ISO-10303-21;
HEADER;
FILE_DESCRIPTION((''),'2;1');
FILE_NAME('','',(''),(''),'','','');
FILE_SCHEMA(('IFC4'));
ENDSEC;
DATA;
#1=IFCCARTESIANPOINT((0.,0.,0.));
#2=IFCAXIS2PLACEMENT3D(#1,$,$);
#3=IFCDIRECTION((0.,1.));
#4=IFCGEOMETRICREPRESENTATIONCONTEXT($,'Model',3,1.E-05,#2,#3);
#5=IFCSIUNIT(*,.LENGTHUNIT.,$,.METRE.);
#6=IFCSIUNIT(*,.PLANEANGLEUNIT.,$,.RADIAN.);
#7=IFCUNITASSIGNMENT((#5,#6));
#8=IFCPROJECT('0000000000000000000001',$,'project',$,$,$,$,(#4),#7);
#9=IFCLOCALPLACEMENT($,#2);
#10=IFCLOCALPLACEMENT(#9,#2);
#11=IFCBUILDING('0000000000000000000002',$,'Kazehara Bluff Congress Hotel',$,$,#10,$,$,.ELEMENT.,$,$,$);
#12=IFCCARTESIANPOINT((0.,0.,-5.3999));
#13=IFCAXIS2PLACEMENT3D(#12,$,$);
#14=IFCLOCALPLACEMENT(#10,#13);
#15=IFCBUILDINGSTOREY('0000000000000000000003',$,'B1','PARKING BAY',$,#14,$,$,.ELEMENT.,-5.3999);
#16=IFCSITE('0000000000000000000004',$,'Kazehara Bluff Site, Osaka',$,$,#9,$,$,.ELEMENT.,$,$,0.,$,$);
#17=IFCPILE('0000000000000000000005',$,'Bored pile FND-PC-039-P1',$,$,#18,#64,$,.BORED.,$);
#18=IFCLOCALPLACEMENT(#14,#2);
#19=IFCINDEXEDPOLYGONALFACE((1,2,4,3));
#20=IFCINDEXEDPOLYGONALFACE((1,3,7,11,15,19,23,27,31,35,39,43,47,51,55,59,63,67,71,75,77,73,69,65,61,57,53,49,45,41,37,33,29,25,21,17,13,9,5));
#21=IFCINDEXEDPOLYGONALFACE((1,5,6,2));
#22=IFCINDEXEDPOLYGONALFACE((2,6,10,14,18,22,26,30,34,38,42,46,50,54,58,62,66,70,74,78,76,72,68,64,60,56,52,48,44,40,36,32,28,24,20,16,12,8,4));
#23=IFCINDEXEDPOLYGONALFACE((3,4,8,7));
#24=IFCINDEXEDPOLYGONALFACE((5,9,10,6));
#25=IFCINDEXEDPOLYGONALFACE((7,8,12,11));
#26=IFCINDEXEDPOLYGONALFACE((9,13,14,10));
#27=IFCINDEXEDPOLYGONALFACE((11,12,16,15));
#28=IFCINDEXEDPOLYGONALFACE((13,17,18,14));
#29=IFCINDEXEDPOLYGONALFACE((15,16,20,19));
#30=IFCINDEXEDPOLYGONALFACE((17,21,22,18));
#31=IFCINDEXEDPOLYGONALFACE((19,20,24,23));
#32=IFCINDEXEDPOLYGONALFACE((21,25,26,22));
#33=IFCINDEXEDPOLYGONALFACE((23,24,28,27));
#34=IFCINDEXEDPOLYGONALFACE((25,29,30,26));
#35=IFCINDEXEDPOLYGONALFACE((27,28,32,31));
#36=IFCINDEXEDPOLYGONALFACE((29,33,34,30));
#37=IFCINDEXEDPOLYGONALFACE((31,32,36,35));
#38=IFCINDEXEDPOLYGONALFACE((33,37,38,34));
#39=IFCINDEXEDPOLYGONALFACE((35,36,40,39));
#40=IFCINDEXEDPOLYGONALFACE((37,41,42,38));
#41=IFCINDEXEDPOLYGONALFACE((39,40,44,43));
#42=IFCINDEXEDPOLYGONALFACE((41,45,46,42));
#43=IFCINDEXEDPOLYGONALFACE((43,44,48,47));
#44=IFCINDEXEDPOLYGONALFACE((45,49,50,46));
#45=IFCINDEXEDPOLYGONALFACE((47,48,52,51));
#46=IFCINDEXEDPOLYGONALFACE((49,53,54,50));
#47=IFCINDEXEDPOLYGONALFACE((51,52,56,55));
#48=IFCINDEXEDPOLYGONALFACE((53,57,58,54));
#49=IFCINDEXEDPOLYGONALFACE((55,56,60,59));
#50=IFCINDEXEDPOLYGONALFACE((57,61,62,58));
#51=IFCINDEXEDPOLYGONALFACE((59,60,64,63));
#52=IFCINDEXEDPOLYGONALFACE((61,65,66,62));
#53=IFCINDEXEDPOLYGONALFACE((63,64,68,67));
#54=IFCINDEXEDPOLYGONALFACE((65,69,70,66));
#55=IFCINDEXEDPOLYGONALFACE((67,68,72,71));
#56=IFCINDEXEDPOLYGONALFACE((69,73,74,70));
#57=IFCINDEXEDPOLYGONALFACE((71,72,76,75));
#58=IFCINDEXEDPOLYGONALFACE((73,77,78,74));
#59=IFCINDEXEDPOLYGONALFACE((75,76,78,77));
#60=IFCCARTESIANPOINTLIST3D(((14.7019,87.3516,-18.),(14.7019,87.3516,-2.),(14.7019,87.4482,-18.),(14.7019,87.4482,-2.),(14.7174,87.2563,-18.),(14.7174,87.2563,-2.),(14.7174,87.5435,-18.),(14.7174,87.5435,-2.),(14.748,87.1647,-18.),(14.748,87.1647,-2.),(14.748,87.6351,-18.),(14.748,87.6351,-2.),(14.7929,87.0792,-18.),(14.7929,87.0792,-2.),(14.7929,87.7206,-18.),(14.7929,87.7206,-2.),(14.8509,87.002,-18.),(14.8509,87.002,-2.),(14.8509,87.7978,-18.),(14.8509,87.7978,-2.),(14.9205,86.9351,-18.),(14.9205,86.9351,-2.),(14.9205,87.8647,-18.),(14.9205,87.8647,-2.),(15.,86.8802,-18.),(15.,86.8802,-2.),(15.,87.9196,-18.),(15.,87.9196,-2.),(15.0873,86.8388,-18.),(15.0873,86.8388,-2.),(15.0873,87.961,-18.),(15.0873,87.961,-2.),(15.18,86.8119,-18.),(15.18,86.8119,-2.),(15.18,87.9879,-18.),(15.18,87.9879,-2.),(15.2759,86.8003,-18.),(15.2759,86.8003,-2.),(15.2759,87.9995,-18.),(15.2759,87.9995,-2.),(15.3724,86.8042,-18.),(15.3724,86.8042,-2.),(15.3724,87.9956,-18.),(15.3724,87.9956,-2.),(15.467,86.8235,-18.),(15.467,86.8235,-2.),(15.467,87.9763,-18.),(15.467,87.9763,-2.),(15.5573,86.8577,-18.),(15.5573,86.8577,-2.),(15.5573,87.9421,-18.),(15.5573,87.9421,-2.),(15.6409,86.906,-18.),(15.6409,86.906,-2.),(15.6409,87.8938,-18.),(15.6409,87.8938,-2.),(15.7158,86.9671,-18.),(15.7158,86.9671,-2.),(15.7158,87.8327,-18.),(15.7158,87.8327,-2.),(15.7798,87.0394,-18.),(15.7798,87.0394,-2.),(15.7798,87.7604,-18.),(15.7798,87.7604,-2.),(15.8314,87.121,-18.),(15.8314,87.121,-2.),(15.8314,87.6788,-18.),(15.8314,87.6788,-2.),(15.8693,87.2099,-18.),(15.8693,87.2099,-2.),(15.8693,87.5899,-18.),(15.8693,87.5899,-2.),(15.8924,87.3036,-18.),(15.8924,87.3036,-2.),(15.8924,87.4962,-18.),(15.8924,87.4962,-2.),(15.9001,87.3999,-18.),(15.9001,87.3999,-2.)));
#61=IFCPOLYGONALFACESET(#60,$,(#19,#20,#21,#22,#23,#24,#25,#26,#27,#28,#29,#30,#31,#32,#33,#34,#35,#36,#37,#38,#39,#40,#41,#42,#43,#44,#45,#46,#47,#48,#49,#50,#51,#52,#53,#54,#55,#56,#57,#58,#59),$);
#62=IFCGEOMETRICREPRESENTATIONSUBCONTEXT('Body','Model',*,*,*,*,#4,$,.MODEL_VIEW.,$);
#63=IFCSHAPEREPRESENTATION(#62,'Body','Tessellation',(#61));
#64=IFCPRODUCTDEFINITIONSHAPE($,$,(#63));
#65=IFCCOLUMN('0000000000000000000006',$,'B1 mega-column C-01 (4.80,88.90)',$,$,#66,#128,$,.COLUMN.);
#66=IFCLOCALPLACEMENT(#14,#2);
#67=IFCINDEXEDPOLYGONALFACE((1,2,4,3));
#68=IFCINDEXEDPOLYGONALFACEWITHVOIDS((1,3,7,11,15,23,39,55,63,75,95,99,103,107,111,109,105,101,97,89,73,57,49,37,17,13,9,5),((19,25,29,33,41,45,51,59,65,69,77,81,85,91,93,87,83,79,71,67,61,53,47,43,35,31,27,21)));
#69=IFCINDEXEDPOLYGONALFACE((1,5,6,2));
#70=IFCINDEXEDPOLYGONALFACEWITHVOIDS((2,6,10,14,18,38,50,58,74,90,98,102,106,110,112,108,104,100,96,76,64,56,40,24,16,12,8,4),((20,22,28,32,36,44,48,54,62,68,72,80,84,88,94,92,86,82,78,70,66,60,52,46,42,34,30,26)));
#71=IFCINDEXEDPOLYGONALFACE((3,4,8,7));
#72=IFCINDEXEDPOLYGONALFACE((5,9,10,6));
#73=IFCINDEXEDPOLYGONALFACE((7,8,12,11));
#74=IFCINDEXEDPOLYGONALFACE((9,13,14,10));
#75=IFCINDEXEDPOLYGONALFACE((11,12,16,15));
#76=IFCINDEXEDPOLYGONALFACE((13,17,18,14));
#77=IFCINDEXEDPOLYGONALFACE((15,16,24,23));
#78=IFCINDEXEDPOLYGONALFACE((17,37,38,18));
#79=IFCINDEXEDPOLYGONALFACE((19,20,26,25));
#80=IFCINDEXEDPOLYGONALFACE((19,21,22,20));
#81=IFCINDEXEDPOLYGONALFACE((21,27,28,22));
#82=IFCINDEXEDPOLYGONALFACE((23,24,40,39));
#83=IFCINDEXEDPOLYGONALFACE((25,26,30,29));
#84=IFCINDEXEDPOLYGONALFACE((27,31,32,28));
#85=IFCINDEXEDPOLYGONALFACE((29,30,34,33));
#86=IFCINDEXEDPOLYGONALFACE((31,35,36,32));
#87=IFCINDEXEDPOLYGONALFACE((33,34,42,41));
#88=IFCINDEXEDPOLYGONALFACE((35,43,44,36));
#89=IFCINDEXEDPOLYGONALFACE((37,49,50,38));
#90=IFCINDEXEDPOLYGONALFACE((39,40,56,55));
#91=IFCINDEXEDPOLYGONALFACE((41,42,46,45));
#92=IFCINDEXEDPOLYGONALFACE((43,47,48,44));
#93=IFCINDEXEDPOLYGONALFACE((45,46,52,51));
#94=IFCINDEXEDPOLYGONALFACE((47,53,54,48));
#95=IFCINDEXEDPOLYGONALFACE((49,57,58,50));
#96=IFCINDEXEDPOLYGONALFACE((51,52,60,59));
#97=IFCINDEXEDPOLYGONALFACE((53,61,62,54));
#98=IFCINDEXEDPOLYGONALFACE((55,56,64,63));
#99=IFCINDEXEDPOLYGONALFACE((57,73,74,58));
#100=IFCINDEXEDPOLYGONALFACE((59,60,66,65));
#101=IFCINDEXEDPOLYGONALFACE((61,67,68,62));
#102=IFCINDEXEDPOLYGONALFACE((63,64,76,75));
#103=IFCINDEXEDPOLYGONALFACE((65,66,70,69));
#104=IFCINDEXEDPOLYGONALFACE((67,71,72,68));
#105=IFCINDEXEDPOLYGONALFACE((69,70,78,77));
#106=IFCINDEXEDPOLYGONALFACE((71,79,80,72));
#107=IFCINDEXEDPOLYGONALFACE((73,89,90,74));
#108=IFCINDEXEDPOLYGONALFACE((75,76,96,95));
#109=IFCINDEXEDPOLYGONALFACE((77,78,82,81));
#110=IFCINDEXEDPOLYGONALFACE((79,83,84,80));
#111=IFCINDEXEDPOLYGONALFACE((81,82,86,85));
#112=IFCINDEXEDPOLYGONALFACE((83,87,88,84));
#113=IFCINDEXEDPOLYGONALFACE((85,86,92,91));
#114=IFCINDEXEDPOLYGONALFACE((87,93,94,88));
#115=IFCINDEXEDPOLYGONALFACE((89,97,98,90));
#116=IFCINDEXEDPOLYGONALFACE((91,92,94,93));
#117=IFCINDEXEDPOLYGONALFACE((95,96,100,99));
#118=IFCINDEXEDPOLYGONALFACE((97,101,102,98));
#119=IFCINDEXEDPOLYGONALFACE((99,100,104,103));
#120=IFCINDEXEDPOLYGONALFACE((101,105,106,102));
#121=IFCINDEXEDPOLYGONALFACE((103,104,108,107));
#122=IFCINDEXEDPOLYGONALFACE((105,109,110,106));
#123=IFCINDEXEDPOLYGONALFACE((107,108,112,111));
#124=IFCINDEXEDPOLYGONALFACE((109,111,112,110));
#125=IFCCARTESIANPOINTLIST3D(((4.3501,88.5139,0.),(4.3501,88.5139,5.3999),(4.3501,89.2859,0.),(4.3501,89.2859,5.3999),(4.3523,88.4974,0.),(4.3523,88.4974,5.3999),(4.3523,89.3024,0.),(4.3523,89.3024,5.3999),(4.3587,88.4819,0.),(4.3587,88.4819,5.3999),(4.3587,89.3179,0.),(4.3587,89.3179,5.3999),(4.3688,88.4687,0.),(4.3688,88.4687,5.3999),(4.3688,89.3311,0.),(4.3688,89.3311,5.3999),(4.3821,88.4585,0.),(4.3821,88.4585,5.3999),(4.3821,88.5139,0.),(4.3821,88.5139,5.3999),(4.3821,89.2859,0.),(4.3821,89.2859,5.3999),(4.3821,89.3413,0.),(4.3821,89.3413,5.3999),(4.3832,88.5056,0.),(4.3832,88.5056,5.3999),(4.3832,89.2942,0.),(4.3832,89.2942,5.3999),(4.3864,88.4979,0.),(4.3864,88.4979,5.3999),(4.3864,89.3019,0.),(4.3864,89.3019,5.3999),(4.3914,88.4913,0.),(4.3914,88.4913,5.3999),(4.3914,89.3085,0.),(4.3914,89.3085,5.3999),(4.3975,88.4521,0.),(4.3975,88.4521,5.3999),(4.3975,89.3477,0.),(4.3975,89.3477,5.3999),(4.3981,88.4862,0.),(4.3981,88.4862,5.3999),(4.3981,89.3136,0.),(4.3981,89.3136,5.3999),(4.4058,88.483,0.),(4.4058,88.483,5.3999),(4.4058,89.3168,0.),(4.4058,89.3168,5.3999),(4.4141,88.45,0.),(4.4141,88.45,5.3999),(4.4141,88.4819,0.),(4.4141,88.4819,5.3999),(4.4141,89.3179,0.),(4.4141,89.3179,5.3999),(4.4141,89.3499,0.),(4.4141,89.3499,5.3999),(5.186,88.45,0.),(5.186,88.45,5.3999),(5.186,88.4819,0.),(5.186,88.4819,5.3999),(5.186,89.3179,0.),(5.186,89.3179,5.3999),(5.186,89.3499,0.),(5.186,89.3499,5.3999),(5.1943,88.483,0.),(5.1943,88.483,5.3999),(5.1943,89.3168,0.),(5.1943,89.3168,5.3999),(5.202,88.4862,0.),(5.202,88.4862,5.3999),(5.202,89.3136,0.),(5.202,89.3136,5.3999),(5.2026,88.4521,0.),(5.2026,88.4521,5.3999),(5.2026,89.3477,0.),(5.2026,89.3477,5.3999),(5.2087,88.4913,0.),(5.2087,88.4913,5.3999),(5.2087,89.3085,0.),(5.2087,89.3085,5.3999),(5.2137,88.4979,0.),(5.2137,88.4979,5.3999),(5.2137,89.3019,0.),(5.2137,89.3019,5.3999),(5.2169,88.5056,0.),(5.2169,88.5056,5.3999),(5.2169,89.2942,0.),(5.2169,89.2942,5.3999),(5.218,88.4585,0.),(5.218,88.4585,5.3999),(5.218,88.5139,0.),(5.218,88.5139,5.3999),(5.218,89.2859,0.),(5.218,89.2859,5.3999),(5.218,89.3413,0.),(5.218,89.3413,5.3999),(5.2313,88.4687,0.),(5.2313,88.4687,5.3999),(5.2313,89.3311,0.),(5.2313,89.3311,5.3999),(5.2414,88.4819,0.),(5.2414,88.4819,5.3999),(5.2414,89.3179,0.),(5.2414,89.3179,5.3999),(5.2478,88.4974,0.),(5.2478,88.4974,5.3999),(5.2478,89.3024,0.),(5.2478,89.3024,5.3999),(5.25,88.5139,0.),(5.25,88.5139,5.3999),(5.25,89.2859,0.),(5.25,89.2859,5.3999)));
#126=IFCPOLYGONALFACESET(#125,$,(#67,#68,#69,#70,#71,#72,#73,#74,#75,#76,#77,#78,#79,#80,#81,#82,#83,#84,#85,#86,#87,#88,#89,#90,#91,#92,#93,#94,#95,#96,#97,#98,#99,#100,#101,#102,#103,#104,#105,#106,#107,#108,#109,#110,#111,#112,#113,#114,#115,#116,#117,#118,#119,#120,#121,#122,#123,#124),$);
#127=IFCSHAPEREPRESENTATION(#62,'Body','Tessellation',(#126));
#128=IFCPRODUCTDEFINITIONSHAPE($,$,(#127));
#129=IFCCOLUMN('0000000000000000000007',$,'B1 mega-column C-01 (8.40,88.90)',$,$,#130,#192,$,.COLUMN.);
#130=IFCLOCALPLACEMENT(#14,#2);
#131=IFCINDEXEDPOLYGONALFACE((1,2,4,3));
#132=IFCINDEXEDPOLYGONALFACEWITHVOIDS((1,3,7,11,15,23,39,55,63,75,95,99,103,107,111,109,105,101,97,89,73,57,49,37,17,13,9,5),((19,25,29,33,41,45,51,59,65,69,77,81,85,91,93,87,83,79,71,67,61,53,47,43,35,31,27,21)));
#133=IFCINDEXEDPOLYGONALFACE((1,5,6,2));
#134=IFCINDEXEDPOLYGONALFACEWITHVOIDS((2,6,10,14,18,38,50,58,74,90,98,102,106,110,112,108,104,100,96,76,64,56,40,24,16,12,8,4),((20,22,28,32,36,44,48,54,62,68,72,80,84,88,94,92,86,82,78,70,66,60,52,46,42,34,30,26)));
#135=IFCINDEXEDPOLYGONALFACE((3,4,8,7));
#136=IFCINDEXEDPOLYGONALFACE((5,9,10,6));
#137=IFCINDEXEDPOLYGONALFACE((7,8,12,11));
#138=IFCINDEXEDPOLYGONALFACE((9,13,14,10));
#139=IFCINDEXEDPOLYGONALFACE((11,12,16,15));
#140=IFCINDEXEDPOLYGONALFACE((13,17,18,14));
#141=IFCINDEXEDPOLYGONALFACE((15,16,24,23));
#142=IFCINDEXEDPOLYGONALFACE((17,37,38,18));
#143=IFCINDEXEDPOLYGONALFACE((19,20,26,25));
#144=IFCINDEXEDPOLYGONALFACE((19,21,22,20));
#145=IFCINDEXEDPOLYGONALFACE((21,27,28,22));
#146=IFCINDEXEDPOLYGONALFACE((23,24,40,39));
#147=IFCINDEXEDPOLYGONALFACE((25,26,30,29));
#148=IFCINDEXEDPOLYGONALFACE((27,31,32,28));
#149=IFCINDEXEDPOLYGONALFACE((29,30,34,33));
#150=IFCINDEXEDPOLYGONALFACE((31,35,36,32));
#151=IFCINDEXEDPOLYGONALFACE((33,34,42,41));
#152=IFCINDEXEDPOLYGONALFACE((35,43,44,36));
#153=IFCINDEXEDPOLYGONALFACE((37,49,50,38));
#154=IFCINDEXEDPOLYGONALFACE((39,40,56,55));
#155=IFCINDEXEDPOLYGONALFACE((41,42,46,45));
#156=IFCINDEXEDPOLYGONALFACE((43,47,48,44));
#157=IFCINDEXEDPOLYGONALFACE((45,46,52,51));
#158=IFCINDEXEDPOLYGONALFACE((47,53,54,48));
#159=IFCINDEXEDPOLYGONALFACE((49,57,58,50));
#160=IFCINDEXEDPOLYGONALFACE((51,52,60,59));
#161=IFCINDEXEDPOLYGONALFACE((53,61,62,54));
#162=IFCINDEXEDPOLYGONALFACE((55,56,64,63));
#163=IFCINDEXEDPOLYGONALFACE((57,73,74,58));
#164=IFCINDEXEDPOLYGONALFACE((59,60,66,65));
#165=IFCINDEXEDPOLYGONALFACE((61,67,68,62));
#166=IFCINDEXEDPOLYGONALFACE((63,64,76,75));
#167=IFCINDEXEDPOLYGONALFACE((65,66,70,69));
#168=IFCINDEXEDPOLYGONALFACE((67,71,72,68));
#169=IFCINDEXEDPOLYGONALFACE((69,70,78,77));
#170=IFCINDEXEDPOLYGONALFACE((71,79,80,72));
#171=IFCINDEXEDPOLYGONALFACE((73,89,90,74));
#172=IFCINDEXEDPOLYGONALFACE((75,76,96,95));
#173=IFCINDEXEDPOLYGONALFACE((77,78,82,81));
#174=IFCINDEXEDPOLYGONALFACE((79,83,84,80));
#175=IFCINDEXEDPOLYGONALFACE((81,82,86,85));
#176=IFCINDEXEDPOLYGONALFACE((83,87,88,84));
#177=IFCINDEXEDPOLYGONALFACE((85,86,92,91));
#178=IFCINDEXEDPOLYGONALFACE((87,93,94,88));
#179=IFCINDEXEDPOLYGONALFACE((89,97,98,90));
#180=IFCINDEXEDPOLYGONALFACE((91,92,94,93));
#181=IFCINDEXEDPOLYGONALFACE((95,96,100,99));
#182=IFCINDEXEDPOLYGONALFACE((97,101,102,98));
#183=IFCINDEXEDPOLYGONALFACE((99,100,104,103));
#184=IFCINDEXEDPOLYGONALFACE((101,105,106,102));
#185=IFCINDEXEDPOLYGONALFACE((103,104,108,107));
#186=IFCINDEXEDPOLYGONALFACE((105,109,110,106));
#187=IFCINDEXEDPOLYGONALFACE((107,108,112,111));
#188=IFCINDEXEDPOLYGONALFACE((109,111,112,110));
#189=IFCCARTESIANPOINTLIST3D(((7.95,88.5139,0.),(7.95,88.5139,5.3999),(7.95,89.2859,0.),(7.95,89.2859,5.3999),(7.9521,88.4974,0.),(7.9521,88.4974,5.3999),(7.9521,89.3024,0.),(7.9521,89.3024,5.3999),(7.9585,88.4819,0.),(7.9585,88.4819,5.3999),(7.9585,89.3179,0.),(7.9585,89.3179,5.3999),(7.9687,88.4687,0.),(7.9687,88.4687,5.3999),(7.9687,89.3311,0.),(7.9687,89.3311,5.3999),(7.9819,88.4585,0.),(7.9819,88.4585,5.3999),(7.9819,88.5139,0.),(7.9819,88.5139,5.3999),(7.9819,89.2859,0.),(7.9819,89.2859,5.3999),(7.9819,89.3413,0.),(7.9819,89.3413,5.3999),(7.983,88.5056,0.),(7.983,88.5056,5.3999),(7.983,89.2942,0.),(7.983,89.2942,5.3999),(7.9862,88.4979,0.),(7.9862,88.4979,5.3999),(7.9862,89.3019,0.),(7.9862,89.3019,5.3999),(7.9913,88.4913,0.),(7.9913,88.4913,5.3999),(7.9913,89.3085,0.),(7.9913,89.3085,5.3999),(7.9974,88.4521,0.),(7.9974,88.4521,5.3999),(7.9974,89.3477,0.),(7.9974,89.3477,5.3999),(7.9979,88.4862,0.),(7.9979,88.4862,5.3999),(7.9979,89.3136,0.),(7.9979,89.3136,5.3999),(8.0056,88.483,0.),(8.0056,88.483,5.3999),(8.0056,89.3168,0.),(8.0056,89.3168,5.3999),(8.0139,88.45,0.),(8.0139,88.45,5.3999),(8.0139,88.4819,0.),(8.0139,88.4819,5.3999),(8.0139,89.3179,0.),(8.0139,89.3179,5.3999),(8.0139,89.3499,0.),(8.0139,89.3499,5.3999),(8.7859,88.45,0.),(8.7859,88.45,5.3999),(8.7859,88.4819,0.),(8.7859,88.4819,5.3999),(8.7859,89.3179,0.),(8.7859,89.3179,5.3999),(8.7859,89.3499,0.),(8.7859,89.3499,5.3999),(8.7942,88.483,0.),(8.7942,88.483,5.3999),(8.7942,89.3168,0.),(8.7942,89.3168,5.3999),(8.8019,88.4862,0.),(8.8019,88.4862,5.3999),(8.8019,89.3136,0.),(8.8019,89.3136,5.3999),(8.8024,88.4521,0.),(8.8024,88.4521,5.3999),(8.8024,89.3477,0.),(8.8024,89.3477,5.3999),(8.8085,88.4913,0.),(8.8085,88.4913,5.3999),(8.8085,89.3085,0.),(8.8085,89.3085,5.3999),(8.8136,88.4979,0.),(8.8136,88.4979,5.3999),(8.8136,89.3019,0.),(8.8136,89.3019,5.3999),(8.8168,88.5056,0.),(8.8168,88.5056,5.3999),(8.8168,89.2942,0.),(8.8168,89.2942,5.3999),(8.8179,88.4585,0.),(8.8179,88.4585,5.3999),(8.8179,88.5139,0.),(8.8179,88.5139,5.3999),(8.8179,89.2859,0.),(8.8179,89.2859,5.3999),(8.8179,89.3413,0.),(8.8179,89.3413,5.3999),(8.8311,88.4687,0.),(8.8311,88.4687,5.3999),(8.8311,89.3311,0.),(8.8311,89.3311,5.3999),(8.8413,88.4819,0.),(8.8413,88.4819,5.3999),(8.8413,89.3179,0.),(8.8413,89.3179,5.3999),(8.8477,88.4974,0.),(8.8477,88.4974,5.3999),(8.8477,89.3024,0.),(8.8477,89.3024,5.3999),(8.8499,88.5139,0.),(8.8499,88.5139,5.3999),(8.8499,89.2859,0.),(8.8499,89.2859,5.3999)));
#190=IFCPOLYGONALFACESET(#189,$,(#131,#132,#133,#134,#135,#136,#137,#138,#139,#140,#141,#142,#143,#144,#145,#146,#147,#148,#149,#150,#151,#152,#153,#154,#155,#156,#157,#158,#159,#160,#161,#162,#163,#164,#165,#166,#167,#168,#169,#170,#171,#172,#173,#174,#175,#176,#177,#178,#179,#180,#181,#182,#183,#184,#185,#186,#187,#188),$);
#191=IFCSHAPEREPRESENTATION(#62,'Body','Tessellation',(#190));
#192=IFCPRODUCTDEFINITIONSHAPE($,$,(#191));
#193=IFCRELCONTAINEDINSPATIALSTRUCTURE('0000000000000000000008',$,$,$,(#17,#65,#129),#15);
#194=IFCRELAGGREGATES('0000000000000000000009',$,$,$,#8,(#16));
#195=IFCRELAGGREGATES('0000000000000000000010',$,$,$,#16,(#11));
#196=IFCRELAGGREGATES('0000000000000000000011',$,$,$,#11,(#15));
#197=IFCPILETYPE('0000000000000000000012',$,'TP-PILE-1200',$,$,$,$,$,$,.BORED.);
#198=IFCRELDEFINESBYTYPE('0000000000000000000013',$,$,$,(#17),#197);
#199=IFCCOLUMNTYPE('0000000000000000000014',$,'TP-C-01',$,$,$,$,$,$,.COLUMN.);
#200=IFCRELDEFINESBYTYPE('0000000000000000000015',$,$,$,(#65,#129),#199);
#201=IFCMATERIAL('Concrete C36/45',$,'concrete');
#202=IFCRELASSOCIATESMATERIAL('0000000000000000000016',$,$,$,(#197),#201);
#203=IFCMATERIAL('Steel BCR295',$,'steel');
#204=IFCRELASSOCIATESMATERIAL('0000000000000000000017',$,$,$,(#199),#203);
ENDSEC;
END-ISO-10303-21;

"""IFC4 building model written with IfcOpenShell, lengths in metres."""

from ifc_helpers import new_model, si_unit, direction, frame, origin, origin_2d, place, context, subcontext, project, spatial, hollow_rectangle, circle, extrude, material, material_profile, profile_set, type_object, element, save


model = new_model("IFC4")

# Units and contexts
model_context = context("Model", 3, precision=1e-05, world=origin(), true_north=direction((0.0, 1.0)))
body_context = subcontext(model_context, "Body", "Model", "MODEL_VIEW")
ifc_project = project(units=[si_unit("LENGTHUNIT", "METRE"), si_unit("PLANEANGLEUNIT", "RADIAN")], contexts=[model_context])

# Site, building, storey
site_placement = place(None, origin())
site = spatial("IfcSite", under=ifc_project, at=site_placement, Name="Kazehara Bluff Site, Osaka", CompositionType="ELEMENT", RefElevation=0.0)
building_placement = place(site_placement, origin())
building = spatial("IfcBuilding", under=site, at=building_placement, Name="Kazehara Bluff Congress Hotel", CompositionType="ELEMENT")
storey_placement = place(building_placement, frame((0.0, 0.0, -5.3999)))
storey = spatial("IfcBuildingStorey", under=building, at=storey_placement, Name="B1", Description="PARKING BAY", CompositionType="ELEMENT", Elevation=-5.3999)

# Pile
ifc_material_1 = material(Name="Concrete C36/45", Category="concrete")
ifc_material_profile_1 = material_profile(ifc_material_1, circle(Radius=0.6001, at=origin_2d()))
ifc_profile_set_1 = profile_set([ifc_material_profile_1], Name="Concrete C36/45")
pile_type = type_object("IfcPileType", Name="TP-PILE-1200", PredefinedType="BORED", material=ifc_profile_set_1)
for number, where, z_axis, x_axis, name in (
    (1, (15.3, 87.3999, -2.0), (0.0, 0.0, -1.0), (1.0, 0.0, 0.0), "Bored pile FND-PC-039-P1"),
):
    element("IfcPile", number, at=place(storey_placement, frame(where, z_axis=z_axis, x_axis=x_axis)), inside=storey, type_object=pile_type, Name=name, PredefinedType="BORED", context=body_context, shape_type="SweptSolid", body=[
        extrude(circle(Radius=0.6001, at=origin_2d()), origin(), (0.0, 0.0, 1.0), 16.0),
    ])

# Columns
ifc_material_2 = material(Name="Steel BCR295", Category="steel")
ifc_material_profile_2 = material_profile(ifc_material_2, hollow_rectangle(XDim=0.8999, YDim=0.8999, WallThickness=0.032, InnerFilletRadius=0.032, OuterFilletRadius=0.064, at=origin_2d()))
ifc_profile_set_2 = profile_set([ifc_material_profile_2], Name="Steel BCR295")
column_type = type_object("IfcColumnType", Name="TP-C-01", PredefinedType="COLUMN", material=ifc_profile_set_2)
for number, where, z_axis, x_axis, name in (
    (2, (4.8, 88.8999, 0.0), (0.0, 0.0, 1.0), (1.0, 0.0, 0.0), "B1 mega-column C-01 (4.80,88.90)"),
    (3, (8.3999, 88.8999, 0.0), (0.0, 0.0, 1.0), (1.0, 0.0, 0.0), "B1 mega-column C-01 (8.40,88.90)"),
):
    element("IfcColumn", number, at=place(storey_placement, frame(where, z_axis=z_axis, x_axis=x_axis)), inside=storey, type_object=column_type, Name=name, PredefinedType="COLUMN", context=body_context, shape_type="SweptSolid", body=[
        extrude(hollow_rectangle(XDim=0.8999, YDim=0.8999, WallThickness=0.032, InnerFilletRadius=0.032, OuterFilletRadius=0.064, at=origin_2d()), origin(), (0.0, 0.0, 1.0), 5.3999),
    ])

save(model, "model.ifc")
